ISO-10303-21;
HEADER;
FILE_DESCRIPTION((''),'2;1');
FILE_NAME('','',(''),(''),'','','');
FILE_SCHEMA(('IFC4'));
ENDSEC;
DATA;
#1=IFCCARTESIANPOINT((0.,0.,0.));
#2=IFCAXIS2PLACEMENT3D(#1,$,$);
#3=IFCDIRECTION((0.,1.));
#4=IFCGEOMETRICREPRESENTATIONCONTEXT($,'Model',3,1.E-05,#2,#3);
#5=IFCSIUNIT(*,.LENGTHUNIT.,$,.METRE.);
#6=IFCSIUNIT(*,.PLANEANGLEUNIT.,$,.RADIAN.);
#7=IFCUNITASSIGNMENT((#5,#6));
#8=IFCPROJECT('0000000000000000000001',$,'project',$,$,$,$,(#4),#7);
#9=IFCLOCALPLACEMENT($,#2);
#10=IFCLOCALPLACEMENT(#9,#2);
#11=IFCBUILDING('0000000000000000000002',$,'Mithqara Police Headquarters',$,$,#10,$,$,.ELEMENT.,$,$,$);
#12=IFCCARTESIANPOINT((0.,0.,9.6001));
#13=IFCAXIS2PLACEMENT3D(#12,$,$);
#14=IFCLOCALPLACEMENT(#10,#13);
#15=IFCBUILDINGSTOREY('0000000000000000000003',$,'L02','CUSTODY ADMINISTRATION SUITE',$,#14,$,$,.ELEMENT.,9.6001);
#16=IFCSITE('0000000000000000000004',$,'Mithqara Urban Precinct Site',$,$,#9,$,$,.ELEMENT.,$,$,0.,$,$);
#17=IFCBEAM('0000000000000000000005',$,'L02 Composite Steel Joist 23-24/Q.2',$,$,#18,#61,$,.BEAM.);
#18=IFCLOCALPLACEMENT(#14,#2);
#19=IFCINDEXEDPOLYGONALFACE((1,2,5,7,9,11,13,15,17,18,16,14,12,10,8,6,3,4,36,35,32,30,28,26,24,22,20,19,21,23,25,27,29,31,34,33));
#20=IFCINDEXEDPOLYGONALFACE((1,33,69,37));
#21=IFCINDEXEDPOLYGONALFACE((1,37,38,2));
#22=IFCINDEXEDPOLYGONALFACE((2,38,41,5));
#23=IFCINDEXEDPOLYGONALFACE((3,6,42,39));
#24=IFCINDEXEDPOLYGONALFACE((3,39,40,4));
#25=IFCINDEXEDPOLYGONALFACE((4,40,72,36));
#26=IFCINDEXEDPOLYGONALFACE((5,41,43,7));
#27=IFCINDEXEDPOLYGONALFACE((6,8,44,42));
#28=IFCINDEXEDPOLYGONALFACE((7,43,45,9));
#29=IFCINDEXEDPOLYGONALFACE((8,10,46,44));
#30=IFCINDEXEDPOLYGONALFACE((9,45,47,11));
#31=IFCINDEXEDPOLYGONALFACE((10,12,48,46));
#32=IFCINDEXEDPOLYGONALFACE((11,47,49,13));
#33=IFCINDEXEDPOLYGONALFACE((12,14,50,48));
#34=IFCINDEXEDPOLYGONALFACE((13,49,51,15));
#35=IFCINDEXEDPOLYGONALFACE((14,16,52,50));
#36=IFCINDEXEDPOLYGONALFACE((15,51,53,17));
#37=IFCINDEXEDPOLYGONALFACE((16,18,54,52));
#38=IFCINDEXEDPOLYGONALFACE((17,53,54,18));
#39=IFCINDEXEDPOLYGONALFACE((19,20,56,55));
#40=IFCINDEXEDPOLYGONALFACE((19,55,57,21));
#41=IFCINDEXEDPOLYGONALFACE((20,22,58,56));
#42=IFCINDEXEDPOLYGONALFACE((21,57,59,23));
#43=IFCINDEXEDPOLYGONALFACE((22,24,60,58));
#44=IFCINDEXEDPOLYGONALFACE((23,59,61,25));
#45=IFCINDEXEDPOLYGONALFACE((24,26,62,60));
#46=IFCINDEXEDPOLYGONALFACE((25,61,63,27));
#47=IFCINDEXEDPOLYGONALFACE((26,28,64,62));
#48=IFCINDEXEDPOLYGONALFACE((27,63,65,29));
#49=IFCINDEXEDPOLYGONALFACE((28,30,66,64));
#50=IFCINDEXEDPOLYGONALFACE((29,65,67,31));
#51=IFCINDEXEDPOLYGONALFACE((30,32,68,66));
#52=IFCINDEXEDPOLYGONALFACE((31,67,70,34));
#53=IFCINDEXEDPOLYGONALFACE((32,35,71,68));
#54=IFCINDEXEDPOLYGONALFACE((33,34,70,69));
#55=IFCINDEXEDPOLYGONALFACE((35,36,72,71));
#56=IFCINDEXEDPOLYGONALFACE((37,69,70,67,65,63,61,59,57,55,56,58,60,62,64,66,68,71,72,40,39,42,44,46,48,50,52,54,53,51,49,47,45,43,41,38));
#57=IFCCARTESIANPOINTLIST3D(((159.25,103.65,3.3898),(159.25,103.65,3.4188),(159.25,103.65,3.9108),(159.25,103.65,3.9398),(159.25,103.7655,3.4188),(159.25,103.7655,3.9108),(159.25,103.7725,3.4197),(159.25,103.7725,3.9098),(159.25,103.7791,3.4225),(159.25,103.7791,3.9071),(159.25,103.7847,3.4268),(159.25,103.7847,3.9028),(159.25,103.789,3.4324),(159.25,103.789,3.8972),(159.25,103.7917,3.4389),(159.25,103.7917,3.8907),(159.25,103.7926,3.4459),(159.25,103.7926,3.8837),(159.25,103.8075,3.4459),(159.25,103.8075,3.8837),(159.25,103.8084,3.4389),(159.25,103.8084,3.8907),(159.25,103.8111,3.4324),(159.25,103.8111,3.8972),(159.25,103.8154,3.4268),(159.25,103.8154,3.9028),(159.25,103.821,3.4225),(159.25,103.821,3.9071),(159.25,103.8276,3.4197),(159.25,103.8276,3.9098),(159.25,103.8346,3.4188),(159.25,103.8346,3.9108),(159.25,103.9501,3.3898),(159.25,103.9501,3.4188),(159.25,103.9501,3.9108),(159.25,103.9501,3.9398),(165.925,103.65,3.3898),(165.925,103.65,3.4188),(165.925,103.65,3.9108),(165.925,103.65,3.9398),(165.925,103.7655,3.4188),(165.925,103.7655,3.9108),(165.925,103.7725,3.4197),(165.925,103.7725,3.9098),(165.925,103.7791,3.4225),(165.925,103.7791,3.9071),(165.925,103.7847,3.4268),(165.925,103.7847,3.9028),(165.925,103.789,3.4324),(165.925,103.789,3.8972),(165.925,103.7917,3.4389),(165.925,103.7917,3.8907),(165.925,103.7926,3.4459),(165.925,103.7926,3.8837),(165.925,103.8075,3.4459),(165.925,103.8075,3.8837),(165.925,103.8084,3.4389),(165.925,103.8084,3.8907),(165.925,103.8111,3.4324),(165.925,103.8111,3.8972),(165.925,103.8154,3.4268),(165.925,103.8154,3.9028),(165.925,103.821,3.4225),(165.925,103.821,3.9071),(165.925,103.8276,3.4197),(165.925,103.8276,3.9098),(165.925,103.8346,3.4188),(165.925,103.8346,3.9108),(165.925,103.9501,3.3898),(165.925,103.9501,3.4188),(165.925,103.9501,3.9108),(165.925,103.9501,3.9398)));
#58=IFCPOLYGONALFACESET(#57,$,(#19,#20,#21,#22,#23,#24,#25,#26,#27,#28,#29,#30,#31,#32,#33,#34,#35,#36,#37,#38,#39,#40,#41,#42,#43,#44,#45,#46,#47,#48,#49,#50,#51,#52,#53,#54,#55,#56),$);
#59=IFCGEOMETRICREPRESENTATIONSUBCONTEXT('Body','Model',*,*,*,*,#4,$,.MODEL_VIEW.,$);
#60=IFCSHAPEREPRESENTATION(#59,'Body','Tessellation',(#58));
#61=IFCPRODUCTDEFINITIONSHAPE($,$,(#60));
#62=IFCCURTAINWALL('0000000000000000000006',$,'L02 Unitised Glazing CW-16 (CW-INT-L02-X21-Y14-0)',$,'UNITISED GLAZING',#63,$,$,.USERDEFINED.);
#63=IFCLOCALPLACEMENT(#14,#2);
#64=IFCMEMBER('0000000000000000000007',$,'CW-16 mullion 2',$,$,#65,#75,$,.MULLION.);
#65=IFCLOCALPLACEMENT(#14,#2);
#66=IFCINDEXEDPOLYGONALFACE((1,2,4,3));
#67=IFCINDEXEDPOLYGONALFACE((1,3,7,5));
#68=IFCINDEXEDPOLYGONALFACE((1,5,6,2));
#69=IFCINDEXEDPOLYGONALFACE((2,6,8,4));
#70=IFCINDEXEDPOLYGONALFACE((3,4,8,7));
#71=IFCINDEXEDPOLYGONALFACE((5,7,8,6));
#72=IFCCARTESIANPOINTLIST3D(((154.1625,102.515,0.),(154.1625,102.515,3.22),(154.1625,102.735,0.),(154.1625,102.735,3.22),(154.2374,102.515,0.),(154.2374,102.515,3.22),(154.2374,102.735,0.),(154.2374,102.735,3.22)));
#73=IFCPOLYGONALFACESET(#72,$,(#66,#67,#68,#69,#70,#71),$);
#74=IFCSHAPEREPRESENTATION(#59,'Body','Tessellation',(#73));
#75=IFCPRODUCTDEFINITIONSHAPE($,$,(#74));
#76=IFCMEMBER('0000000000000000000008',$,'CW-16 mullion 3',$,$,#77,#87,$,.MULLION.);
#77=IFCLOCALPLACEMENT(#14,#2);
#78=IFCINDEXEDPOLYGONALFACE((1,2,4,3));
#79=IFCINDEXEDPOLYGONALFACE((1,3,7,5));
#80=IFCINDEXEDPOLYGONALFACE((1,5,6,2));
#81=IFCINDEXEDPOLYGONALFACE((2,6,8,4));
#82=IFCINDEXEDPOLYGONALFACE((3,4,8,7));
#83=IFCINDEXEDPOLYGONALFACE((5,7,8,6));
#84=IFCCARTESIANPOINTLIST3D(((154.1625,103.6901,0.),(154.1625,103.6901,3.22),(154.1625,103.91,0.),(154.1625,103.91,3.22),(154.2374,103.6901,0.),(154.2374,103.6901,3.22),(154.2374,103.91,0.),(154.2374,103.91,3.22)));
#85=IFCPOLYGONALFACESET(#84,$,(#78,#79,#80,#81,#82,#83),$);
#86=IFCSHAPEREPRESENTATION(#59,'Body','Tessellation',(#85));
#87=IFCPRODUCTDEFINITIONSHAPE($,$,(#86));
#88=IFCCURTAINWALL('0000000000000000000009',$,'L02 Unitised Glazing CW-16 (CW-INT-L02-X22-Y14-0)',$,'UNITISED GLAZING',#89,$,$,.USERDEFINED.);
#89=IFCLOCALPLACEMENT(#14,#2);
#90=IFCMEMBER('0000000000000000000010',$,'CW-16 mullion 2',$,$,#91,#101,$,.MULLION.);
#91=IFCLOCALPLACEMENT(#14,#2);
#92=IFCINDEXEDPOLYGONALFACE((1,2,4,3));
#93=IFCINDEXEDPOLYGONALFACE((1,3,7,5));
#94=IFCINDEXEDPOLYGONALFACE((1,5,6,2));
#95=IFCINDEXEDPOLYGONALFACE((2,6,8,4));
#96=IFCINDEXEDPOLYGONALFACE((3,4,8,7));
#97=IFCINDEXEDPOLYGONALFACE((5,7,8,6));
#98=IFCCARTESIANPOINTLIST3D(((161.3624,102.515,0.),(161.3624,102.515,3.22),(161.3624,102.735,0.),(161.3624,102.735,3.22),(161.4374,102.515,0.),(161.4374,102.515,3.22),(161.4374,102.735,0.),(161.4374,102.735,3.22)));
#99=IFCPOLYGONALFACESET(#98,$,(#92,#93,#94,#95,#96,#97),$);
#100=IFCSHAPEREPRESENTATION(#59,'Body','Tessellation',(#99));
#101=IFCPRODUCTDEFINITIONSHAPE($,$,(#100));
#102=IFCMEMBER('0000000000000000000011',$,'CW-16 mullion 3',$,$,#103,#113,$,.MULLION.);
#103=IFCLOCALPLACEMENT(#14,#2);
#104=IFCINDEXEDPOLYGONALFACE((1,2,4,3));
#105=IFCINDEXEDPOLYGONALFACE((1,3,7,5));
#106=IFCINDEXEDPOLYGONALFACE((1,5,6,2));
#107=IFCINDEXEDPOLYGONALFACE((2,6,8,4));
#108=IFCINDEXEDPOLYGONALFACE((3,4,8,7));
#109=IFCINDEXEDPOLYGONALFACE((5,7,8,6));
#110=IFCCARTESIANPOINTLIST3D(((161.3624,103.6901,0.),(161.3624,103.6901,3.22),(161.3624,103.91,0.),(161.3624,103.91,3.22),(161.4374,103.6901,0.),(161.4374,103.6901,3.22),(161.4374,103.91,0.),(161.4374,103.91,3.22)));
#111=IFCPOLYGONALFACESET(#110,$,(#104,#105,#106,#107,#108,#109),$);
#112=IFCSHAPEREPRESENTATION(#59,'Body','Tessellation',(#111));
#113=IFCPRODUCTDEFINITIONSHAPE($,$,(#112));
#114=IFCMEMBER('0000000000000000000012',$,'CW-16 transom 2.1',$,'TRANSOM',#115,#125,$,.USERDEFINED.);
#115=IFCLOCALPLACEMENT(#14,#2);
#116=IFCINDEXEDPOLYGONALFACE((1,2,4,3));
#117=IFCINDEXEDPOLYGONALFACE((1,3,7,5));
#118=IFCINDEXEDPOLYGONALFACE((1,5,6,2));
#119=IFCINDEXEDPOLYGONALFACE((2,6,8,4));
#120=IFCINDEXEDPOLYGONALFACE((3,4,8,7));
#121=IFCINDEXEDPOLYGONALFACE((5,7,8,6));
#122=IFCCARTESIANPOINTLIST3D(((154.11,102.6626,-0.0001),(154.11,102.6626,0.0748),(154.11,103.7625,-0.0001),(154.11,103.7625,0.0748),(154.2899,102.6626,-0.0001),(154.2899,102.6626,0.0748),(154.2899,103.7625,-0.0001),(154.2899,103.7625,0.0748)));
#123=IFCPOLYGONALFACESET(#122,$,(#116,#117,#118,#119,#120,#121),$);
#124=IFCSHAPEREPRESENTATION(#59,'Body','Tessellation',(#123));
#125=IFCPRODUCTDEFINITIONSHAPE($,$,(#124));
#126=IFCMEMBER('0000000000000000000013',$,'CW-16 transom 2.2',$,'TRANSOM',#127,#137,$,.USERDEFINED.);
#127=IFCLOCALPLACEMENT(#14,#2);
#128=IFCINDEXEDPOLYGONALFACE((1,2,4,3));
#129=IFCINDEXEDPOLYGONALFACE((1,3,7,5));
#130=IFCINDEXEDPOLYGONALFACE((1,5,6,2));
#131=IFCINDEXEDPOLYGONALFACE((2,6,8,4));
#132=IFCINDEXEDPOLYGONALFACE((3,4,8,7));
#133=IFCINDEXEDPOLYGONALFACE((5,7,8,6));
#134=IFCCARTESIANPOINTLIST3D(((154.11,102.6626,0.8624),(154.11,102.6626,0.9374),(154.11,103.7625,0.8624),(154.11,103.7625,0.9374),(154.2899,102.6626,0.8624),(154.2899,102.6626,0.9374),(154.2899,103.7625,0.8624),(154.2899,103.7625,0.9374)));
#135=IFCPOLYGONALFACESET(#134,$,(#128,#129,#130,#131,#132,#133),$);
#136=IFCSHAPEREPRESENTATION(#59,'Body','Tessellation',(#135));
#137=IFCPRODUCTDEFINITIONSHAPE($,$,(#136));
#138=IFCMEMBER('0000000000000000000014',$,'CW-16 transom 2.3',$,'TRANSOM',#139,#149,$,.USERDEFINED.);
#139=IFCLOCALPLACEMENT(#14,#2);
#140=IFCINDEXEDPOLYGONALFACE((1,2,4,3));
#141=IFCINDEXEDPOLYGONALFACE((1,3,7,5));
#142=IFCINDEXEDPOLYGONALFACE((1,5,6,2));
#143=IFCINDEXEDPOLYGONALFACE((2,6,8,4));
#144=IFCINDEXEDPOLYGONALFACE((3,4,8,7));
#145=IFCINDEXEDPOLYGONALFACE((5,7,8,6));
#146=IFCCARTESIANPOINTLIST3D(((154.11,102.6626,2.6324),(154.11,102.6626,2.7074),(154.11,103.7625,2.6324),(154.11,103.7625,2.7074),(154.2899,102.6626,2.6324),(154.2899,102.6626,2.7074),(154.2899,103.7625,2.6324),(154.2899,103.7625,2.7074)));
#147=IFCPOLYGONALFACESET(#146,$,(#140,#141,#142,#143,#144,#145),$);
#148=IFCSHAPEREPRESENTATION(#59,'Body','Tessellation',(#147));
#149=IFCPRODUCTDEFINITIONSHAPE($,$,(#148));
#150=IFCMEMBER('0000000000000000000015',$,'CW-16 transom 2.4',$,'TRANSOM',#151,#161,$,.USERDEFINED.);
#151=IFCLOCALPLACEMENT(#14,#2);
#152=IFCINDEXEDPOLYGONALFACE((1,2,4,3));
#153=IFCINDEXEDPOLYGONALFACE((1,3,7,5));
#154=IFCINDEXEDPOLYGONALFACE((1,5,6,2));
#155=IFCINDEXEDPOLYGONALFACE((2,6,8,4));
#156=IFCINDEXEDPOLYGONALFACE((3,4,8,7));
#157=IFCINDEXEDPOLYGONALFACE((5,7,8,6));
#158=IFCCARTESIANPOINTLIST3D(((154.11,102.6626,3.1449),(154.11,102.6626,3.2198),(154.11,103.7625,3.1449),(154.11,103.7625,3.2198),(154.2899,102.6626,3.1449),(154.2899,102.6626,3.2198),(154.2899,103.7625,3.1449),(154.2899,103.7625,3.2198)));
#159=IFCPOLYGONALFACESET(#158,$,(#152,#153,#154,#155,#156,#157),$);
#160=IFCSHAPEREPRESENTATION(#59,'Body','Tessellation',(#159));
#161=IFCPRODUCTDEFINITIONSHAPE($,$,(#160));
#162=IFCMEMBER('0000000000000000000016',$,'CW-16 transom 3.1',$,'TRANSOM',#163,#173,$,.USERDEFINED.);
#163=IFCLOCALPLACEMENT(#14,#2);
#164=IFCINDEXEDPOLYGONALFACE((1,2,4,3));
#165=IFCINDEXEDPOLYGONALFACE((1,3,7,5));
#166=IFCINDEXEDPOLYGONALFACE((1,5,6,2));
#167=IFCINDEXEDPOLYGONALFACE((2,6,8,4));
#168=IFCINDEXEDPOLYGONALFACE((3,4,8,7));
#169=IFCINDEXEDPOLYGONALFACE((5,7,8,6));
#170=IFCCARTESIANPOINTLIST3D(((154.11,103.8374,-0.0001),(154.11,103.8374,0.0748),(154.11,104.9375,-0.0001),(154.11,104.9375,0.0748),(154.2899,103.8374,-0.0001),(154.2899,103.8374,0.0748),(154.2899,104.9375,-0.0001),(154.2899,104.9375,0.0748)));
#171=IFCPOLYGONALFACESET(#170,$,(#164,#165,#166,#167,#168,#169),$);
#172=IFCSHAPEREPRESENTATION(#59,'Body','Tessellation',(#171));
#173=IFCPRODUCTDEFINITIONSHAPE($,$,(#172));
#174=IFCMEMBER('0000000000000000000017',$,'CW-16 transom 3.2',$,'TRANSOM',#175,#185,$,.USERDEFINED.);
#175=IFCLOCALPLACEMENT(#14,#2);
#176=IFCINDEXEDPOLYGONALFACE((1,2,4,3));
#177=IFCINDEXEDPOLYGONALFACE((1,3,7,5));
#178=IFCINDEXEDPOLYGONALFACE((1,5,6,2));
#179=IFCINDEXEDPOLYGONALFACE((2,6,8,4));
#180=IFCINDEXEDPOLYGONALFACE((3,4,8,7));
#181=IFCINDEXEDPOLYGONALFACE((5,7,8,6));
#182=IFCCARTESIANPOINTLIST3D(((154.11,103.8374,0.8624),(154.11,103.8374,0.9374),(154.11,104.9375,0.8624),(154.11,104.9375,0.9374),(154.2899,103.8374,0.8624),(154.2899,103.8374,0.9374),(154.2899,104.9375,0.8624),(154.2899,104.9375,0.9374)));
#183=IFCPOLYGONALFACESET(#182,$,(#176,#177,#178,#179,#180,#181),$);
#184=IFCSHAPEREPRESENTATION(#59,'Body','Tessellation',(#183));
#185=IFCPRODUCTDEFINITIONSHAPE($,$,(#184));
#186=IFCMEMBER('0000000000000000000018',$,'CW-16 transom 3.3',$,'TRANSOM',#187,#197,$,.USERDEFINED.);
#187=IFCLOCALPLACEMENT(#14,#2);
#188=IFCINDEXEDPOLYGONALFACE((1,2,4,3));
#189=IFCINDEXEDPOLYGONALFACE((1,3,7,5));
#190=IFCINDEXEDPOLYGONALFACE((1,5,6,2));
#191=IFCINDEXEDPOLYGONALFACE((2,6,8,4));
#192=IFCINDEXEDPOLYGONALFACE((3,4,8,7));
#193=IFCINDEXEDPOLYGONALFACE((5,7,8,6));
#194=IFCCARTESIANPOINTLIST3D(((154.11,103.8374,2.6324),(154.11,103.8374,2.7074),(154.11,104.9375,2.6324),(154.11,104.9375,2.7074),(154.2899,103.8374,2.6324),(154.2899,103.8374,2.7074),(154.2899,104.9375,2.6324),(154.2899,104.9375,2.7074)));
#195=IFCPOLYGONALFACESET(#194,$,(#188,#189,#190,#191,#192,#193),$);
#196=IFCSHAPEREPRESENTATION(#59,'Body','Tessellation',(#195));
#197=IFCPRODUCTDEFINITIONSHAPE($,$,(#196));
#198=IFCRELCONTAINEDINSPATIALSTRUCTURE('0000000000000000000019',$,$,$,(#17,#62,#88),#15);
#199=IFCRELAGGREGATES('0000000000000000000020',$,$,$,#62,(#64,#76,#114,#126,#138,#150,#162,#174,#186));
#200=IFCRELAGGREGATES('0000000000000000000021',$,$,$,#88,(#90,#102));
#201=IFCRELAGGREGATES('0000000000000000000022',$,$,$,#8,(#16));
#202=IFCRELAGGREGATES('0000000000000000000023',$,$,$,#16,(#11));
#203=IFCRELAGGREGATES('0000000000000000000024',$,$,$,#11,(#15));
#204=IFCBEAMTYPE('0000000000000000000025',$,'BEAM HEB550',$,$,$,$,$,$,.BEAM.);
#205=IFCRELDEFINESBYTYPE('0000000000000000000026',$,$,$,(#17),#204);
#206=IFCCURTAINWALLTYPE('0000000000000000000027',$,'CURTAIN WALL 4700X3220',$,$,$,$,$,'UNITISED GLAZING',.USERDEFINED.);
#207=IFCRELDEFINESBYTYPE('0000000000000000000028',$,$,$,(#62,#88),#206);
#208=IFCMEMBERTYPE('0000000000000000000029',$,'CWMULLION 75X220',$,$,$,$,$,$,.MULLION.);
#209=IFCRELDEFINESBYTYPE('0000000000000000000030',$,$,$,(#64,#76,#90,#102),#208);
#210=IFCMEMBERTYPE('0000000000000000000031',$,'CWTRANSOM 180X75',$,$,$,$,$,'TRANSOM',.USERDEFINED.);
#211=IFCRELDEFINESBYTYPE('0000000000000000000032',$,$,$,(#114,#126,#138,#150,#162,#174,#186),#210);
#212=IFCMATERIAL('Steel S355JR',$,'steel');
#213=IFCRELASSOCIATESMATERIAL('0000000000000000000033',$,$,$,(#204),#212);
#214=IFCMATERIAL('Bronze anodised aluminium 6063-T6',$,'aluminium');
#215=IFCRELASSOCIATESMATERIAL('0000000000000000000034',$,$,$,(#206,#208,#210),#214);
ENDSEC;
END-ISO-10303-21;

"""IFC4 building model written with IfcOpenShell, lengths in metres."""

from ifc_helpers import new_model, si_unit, direction, frame, origin, origin_2d, place, context, subcontext, project, spatial, rectangle, i_section, extrude, material, material_profile, profile_set, type_object, element, aggregate, save


model = new_model("IFC4")

# Units and contexts
model_context = context("Model", 3, precision=1e-05, world=origin(), true_north=direction((0.0, 1.0)))
body_context = subcontext(model_context, "Body", "Model", "MODEL_VIEW")
ifc_project = project(units=[si_unit("LENGTHUNIT", "METRE"), si_unit("PLANEANGLEUNIT", "RADIAN")], contexts=[model_context])

# Site, building, storey
site_placement = place(None, origin())
site = spatial("IfcSite", under=ifc_project, at=site_placement, Name="Mithqara Urban Precinct Site", CompositionType="ELEMENT", RefElevation=0.0)
building_placement = place(site_placement, origin())
building = spatial("IfcBuilding", under=site, at=building_placement, Name="Mithqara Police Headquarters", CompositionType="ELEMENT")
storey_placement = place(building_placement, frame((0.0, 0.0, 9.6001)))
storey = spatial("IfcBuildingStorey", under=building, at=storey_placement, Name="L02", Description="CUSTODY ADMINISTRATION SUITE", CompositionType="ELEMENT", Elevation=9.6001)

# Beam
ifc_material_1 = material(Name="Steel S355JR", Category="steel")
ifc_material_profile_1 = material_profile(ifc_material_1, i_section(OverallWidth=0.3, OverallDepth=0.55, WebThickness=0.0149, FlangeThickness=0.0291, FilletRadius=0.0271, at=origin_2d()), Name="HEB 550")
ifc_profile_set_1 = profile_set([ifc_material_profile_1], Name="Steel S355JR")
beam_type = type_object("IfcBeamType", Name="BEAM HEB550", PredefinedType="BEAM", material=ifc_profile_set_1)
beam_placement = place(storey_placement, frame((159.25, 103.8, 3.6648), z_axis=(1.0, 0.0, 0.0), x_axis=(0.0, 1.0, 0.0)))
element("IfcBeam", 1, at=beam_placement, inside=storey, type_object=beam_type, Name="L02 Composite Steel Joist 23-24/Q.2", PredefinedType="BEAM", context=body_context, shape_type="SweptSolid", body=[
    extrude(i_section(OverallWidth=0.3, OverallDepth=0.55, WebThickness=0.0149, FlangeThickness=0.0291, FilletRadius=0.0271, at=origin_2d()), origin(), (0.0, 0.0, 1.0), 6.675),
])

# Curtain walls, members
ifc_material_2 = material(Name="Bronze anodised aluminium 6063-T6", Category="aluminium")
curtain_wall_type = type_object("IfcCurtainWallType", Name="CURTAIN WALL 4700X3220", ElementType="UNITISED GLAZING", PredefinedType="USERDEFINED", material=ifc_material_2)
curtain_wall_1_placement = place(storey_placement, origin())
curtain_wall_1 = element("IfcCurtainWall", 2, at=curtain_wall_1_placement, inside=storey, type_object=curtain_wall_type, Name="L02 Unitised Glazing CW-16 (CW-INT-L02-X21-Y14-0)", ObjectType="UNITISED GLAZING", PredefinedType="USERDEFINED")
ifc_material_profile_2 = material_profile(ifc_material_2, rectangle(XDim=0.075, YDim=0.22, at=origin_2d()), Name="CWM 75x220")
ifc_profile_set_2 = profile_set([ifc_material_profile_2], Name="Bronze anodised aluminium 6063-T6")
member_type_1 = type_object("IfcMemberType", Name="CWMULLION 75X220", PredefinedType="MULLION", material=ifc_profile_set_2)
member_1_placement = place(storey_placement, frame((154.2, 102.625, 0.0), z_axis=(0.0, 0.0, 1.0), x_axis=(-1.0, 0.0, 0.0)))
member_1 = element("IfcMember", 3, at=member_1_placement, type_object=member_type_1, Name="CW-16 mullion 2", PredefinedType="MULLION", context=body_context, shape_type="SweptSolid", body=[
    extrude(rectangle(XDim=0.075, YDim=0.22, at=origin_2d()), origin(), (0.0, 0.0, 1.0), 3.22),
])
member_2_placement = place(storey_placement, frame((154.2, 103.8, 0.0), z_axis=(0.0, 0.0, 1.0), x_axis=(-1.0, 0.0, 0.0)))
member_2 = element("IfcMember", 4, at=member_2_placement, type_object=member_type_1, Name="CW-16 mullion 3", PredefinedType="MULLION", context=body_context, shape_type="SweptSolid", body=[
    extrude(rectangle(XDim=0.075, YDim=0.22, at=origin_2d()), origin(), (0.0, 0.0, 1.0), 3.22),
])
curtain_wall_2_placement = place(storey_placement, origin())
curtain_wall_2 = element("IfcCurtainWall", 5, at=curtain_wall_2_placement, inside=storey, type_object=curtain_wall_type, Name="L02 Unitised Glazing CW-16 (CW-INT-L02-X22-Y14-0)", ObjectType="UNITISED GLAZING", PredefinedType="USERDEFINED")
member_3_placement = place(storey_placement, frame((161.3999, 102.625, 0.0), z_axis=(0.0, 0.0, 1.0), x_axis=(-1.0, 0.0, 0.0)))
member_3 = element("IfcMember", 6, at=member_3_placement, type_object=member_type_1, Name="CW-16 mullion 2", PredefinedType="MULLION", context=body_context, shape_type="SweptSolid", body=[
    extrude(rectangle(XDim=0.075, YDim=0.22, at=origin_2d()), origin(), (0.0, 0.0, 1.0), 3.22),
])
member_4_placement = place(storey_placement, frame((161.3999, 103.8, 0.0), z_axis=(0.0, 0.0, 1.0), x_axis=(-1.0, 0.0, 0.0)))
member_4 = element("IfcMember", 7, at=member_4_placement, type_object=member_type_1, Name="CW-16 mullion 3", PredefinedType="MULLION", context=body_context, shape_type="SweptSolid", body=[
    extrude(rectangle(XDim=0.075, YDim=0.22, at=origin_2d()), origin(), (0.0, 0.0, 1.0), 3.22),
])

# Members
ifc_material_profile_3 = material_profile(ifc_material_2, rectangle(XDim=0.1799, YDim=0.075, at=origin_2d()), Name="CWT 180x75")
ifc_profile_set_3 = profile_set([ifc_material_profile_3], Name="Bronze anodised aluminium 6063-T6")
member_type_2 = type_object("IfcMemberType", Name="CWTRANSOM 180X75", ElementType="TRANSOM", PredefinedType="USERDEFINED", material=ifc_profile_set_3)
member_5_placement = place(storey_placement, frame((154.2, 102.6626, 0.0374), z_axis=(0.0, 1.0, 0.0), x_axis=(-1.0, 0.0, 0.0)))
member_5 = element("IfcMember", 8, at=member_5_placement, type_object=member_type_2, Name="CW-16 transom 2.1", ObjectType="TRANSOM", PredefinedType="USERDEFINED", context=body_context, shape_type="SweptSolid", body=[
    extrude(rectangle(XDim=0.1799, YDim=0.075, at=origin_2d()), origin(), (0.0, 0.0, 1.0), 1.0999),
])
member_6_placement = place(storey_placement, frame((154.2, 102.6626, 0.8999), z_axis=(0.0, 1.0, 0.0), x_axis=(-1.0, 0.0, 0.0)))
member_6 = element("IfcMember", 9, at=member_6_placement, type_object=member_type_2, Name="CW-16 transom 2.2", ObjectType="TRANSOM", PredefinedType="USERDEFINED", context=body_context, shape_type="SweptSolid", body=[
    extrude(rectangle(XDim=0.1799, YDim=0.075, at=origin_2d()), origin(), (0.0, 0.0, 1.0), 1.0999),
])
member_7_placement = place(storey_placement, frame((154.2, 102.6626, 2.6699), z_axis=(0.0, 1.0, 0.0), x_axis=(-1.0, 0.0, 0.0)))
member_7 = element("IfcMember", 10, at=member_7_placement, type_object=member_type_2, Name="CW-16 transom 2.3", ObjectType="TRANSOM", PredefinedType="USERDEFINED", context=body_context, shape_type="SweptSolid", body=[
    extrude(rectangle(XDim=0.1799, YDim=0.075, at=origin_2d()), origin(), (0.0, 0.0, 1.0), 1.0999),
])
member_8_placement = place(storey_placement, frame((154.2, 102.6626, 3.1824), z_axis=(0.0, 1.0, 0.0), x_axis=(-1.0, 0.0, 0.0)))
member_8 = element("IfcMember", 11, at=member_8_placement, type_object=member_type_2, Name="CW-16 transom 2.4", ObjectType="TRANSOM", PredefinedType="USERDEFINED", context=body_context, shape_type="SweptSolid", body=[
    extrude(rectangle(XDim=0.1799, YDim=0.075, at=origin_2d()), origin(), (0.0, 0.0, 1.0), 1.0999),
])
member_9_placement = place(storey_placement, frame((154.2, 103.8374, 0.0374), z_axis=(0.0, 1.0, 0.0), x_axis=(-1.0, 0.0, 0.0)))
member_9 = element("IfcMember", 12, at=member_9_placement, type_object=member_type_2, Name="CW-16 transom 3.1", ObjectType="TRANSOM", PredefinedType="USERDEFINED", context=body_context, shape_type="SweptSolid", body=[
    extrude(rectangle(XDim=0.1799, YDim=0.075, at=origin_2d()), origin(), (0.0, 0.0, 1.0), 1.1001),
])
member_10_placement = place(storey_placement, frame((154.2, 103.8374, 0.8999), z_axis=(0.0, 1.0, 0.0), x_axis=(-1.0, 0.0, 0.0)))
member_10 = element("IfcMember", 13, at=member_10_placement, type_object=member_type_2, Name="CW-16 transom 3.2", ObjectType="TRANSOM", PredefinedType="USERDEFINED", context=body_context, shape_type="SweptSolid", body=[
    extrude(rectangle(XDim=0.1799, YDim=0.075, at=origin_2d()), origin(), (0.0, 0.0, 1.0), 1.1001),
])
member_11_placement = place(storey_placement, frame((154.2, 103.8374, 2.6699), z_axis=(0.0, 1.0, 0.0), x_axis=(-1.0, 0.0, 0.0)))
member_11 = element("IfcMember", 14, at=member_11_placement, type_object=member_type_2, Name="CW-16 transom 3.3", ObjectType="TRANSOM", PredefinedType="USERDEFINED", context=body_context, shape_type="SweptSolid", body=[
    extrude(rectangle(XDim=0.1799, YDim=0.075, at=origin_2d()), origin(), (0.0, 0.0, 1.0), 1.1001),
])

aggregate(curtain_wall_1, [member_1, member_2, member_5, member_6, member_7, member_8, member_9, member_10, member_11])
aggregate(curtain_wall_2, [member_3, member_4])

save(model, "model.ifc")
